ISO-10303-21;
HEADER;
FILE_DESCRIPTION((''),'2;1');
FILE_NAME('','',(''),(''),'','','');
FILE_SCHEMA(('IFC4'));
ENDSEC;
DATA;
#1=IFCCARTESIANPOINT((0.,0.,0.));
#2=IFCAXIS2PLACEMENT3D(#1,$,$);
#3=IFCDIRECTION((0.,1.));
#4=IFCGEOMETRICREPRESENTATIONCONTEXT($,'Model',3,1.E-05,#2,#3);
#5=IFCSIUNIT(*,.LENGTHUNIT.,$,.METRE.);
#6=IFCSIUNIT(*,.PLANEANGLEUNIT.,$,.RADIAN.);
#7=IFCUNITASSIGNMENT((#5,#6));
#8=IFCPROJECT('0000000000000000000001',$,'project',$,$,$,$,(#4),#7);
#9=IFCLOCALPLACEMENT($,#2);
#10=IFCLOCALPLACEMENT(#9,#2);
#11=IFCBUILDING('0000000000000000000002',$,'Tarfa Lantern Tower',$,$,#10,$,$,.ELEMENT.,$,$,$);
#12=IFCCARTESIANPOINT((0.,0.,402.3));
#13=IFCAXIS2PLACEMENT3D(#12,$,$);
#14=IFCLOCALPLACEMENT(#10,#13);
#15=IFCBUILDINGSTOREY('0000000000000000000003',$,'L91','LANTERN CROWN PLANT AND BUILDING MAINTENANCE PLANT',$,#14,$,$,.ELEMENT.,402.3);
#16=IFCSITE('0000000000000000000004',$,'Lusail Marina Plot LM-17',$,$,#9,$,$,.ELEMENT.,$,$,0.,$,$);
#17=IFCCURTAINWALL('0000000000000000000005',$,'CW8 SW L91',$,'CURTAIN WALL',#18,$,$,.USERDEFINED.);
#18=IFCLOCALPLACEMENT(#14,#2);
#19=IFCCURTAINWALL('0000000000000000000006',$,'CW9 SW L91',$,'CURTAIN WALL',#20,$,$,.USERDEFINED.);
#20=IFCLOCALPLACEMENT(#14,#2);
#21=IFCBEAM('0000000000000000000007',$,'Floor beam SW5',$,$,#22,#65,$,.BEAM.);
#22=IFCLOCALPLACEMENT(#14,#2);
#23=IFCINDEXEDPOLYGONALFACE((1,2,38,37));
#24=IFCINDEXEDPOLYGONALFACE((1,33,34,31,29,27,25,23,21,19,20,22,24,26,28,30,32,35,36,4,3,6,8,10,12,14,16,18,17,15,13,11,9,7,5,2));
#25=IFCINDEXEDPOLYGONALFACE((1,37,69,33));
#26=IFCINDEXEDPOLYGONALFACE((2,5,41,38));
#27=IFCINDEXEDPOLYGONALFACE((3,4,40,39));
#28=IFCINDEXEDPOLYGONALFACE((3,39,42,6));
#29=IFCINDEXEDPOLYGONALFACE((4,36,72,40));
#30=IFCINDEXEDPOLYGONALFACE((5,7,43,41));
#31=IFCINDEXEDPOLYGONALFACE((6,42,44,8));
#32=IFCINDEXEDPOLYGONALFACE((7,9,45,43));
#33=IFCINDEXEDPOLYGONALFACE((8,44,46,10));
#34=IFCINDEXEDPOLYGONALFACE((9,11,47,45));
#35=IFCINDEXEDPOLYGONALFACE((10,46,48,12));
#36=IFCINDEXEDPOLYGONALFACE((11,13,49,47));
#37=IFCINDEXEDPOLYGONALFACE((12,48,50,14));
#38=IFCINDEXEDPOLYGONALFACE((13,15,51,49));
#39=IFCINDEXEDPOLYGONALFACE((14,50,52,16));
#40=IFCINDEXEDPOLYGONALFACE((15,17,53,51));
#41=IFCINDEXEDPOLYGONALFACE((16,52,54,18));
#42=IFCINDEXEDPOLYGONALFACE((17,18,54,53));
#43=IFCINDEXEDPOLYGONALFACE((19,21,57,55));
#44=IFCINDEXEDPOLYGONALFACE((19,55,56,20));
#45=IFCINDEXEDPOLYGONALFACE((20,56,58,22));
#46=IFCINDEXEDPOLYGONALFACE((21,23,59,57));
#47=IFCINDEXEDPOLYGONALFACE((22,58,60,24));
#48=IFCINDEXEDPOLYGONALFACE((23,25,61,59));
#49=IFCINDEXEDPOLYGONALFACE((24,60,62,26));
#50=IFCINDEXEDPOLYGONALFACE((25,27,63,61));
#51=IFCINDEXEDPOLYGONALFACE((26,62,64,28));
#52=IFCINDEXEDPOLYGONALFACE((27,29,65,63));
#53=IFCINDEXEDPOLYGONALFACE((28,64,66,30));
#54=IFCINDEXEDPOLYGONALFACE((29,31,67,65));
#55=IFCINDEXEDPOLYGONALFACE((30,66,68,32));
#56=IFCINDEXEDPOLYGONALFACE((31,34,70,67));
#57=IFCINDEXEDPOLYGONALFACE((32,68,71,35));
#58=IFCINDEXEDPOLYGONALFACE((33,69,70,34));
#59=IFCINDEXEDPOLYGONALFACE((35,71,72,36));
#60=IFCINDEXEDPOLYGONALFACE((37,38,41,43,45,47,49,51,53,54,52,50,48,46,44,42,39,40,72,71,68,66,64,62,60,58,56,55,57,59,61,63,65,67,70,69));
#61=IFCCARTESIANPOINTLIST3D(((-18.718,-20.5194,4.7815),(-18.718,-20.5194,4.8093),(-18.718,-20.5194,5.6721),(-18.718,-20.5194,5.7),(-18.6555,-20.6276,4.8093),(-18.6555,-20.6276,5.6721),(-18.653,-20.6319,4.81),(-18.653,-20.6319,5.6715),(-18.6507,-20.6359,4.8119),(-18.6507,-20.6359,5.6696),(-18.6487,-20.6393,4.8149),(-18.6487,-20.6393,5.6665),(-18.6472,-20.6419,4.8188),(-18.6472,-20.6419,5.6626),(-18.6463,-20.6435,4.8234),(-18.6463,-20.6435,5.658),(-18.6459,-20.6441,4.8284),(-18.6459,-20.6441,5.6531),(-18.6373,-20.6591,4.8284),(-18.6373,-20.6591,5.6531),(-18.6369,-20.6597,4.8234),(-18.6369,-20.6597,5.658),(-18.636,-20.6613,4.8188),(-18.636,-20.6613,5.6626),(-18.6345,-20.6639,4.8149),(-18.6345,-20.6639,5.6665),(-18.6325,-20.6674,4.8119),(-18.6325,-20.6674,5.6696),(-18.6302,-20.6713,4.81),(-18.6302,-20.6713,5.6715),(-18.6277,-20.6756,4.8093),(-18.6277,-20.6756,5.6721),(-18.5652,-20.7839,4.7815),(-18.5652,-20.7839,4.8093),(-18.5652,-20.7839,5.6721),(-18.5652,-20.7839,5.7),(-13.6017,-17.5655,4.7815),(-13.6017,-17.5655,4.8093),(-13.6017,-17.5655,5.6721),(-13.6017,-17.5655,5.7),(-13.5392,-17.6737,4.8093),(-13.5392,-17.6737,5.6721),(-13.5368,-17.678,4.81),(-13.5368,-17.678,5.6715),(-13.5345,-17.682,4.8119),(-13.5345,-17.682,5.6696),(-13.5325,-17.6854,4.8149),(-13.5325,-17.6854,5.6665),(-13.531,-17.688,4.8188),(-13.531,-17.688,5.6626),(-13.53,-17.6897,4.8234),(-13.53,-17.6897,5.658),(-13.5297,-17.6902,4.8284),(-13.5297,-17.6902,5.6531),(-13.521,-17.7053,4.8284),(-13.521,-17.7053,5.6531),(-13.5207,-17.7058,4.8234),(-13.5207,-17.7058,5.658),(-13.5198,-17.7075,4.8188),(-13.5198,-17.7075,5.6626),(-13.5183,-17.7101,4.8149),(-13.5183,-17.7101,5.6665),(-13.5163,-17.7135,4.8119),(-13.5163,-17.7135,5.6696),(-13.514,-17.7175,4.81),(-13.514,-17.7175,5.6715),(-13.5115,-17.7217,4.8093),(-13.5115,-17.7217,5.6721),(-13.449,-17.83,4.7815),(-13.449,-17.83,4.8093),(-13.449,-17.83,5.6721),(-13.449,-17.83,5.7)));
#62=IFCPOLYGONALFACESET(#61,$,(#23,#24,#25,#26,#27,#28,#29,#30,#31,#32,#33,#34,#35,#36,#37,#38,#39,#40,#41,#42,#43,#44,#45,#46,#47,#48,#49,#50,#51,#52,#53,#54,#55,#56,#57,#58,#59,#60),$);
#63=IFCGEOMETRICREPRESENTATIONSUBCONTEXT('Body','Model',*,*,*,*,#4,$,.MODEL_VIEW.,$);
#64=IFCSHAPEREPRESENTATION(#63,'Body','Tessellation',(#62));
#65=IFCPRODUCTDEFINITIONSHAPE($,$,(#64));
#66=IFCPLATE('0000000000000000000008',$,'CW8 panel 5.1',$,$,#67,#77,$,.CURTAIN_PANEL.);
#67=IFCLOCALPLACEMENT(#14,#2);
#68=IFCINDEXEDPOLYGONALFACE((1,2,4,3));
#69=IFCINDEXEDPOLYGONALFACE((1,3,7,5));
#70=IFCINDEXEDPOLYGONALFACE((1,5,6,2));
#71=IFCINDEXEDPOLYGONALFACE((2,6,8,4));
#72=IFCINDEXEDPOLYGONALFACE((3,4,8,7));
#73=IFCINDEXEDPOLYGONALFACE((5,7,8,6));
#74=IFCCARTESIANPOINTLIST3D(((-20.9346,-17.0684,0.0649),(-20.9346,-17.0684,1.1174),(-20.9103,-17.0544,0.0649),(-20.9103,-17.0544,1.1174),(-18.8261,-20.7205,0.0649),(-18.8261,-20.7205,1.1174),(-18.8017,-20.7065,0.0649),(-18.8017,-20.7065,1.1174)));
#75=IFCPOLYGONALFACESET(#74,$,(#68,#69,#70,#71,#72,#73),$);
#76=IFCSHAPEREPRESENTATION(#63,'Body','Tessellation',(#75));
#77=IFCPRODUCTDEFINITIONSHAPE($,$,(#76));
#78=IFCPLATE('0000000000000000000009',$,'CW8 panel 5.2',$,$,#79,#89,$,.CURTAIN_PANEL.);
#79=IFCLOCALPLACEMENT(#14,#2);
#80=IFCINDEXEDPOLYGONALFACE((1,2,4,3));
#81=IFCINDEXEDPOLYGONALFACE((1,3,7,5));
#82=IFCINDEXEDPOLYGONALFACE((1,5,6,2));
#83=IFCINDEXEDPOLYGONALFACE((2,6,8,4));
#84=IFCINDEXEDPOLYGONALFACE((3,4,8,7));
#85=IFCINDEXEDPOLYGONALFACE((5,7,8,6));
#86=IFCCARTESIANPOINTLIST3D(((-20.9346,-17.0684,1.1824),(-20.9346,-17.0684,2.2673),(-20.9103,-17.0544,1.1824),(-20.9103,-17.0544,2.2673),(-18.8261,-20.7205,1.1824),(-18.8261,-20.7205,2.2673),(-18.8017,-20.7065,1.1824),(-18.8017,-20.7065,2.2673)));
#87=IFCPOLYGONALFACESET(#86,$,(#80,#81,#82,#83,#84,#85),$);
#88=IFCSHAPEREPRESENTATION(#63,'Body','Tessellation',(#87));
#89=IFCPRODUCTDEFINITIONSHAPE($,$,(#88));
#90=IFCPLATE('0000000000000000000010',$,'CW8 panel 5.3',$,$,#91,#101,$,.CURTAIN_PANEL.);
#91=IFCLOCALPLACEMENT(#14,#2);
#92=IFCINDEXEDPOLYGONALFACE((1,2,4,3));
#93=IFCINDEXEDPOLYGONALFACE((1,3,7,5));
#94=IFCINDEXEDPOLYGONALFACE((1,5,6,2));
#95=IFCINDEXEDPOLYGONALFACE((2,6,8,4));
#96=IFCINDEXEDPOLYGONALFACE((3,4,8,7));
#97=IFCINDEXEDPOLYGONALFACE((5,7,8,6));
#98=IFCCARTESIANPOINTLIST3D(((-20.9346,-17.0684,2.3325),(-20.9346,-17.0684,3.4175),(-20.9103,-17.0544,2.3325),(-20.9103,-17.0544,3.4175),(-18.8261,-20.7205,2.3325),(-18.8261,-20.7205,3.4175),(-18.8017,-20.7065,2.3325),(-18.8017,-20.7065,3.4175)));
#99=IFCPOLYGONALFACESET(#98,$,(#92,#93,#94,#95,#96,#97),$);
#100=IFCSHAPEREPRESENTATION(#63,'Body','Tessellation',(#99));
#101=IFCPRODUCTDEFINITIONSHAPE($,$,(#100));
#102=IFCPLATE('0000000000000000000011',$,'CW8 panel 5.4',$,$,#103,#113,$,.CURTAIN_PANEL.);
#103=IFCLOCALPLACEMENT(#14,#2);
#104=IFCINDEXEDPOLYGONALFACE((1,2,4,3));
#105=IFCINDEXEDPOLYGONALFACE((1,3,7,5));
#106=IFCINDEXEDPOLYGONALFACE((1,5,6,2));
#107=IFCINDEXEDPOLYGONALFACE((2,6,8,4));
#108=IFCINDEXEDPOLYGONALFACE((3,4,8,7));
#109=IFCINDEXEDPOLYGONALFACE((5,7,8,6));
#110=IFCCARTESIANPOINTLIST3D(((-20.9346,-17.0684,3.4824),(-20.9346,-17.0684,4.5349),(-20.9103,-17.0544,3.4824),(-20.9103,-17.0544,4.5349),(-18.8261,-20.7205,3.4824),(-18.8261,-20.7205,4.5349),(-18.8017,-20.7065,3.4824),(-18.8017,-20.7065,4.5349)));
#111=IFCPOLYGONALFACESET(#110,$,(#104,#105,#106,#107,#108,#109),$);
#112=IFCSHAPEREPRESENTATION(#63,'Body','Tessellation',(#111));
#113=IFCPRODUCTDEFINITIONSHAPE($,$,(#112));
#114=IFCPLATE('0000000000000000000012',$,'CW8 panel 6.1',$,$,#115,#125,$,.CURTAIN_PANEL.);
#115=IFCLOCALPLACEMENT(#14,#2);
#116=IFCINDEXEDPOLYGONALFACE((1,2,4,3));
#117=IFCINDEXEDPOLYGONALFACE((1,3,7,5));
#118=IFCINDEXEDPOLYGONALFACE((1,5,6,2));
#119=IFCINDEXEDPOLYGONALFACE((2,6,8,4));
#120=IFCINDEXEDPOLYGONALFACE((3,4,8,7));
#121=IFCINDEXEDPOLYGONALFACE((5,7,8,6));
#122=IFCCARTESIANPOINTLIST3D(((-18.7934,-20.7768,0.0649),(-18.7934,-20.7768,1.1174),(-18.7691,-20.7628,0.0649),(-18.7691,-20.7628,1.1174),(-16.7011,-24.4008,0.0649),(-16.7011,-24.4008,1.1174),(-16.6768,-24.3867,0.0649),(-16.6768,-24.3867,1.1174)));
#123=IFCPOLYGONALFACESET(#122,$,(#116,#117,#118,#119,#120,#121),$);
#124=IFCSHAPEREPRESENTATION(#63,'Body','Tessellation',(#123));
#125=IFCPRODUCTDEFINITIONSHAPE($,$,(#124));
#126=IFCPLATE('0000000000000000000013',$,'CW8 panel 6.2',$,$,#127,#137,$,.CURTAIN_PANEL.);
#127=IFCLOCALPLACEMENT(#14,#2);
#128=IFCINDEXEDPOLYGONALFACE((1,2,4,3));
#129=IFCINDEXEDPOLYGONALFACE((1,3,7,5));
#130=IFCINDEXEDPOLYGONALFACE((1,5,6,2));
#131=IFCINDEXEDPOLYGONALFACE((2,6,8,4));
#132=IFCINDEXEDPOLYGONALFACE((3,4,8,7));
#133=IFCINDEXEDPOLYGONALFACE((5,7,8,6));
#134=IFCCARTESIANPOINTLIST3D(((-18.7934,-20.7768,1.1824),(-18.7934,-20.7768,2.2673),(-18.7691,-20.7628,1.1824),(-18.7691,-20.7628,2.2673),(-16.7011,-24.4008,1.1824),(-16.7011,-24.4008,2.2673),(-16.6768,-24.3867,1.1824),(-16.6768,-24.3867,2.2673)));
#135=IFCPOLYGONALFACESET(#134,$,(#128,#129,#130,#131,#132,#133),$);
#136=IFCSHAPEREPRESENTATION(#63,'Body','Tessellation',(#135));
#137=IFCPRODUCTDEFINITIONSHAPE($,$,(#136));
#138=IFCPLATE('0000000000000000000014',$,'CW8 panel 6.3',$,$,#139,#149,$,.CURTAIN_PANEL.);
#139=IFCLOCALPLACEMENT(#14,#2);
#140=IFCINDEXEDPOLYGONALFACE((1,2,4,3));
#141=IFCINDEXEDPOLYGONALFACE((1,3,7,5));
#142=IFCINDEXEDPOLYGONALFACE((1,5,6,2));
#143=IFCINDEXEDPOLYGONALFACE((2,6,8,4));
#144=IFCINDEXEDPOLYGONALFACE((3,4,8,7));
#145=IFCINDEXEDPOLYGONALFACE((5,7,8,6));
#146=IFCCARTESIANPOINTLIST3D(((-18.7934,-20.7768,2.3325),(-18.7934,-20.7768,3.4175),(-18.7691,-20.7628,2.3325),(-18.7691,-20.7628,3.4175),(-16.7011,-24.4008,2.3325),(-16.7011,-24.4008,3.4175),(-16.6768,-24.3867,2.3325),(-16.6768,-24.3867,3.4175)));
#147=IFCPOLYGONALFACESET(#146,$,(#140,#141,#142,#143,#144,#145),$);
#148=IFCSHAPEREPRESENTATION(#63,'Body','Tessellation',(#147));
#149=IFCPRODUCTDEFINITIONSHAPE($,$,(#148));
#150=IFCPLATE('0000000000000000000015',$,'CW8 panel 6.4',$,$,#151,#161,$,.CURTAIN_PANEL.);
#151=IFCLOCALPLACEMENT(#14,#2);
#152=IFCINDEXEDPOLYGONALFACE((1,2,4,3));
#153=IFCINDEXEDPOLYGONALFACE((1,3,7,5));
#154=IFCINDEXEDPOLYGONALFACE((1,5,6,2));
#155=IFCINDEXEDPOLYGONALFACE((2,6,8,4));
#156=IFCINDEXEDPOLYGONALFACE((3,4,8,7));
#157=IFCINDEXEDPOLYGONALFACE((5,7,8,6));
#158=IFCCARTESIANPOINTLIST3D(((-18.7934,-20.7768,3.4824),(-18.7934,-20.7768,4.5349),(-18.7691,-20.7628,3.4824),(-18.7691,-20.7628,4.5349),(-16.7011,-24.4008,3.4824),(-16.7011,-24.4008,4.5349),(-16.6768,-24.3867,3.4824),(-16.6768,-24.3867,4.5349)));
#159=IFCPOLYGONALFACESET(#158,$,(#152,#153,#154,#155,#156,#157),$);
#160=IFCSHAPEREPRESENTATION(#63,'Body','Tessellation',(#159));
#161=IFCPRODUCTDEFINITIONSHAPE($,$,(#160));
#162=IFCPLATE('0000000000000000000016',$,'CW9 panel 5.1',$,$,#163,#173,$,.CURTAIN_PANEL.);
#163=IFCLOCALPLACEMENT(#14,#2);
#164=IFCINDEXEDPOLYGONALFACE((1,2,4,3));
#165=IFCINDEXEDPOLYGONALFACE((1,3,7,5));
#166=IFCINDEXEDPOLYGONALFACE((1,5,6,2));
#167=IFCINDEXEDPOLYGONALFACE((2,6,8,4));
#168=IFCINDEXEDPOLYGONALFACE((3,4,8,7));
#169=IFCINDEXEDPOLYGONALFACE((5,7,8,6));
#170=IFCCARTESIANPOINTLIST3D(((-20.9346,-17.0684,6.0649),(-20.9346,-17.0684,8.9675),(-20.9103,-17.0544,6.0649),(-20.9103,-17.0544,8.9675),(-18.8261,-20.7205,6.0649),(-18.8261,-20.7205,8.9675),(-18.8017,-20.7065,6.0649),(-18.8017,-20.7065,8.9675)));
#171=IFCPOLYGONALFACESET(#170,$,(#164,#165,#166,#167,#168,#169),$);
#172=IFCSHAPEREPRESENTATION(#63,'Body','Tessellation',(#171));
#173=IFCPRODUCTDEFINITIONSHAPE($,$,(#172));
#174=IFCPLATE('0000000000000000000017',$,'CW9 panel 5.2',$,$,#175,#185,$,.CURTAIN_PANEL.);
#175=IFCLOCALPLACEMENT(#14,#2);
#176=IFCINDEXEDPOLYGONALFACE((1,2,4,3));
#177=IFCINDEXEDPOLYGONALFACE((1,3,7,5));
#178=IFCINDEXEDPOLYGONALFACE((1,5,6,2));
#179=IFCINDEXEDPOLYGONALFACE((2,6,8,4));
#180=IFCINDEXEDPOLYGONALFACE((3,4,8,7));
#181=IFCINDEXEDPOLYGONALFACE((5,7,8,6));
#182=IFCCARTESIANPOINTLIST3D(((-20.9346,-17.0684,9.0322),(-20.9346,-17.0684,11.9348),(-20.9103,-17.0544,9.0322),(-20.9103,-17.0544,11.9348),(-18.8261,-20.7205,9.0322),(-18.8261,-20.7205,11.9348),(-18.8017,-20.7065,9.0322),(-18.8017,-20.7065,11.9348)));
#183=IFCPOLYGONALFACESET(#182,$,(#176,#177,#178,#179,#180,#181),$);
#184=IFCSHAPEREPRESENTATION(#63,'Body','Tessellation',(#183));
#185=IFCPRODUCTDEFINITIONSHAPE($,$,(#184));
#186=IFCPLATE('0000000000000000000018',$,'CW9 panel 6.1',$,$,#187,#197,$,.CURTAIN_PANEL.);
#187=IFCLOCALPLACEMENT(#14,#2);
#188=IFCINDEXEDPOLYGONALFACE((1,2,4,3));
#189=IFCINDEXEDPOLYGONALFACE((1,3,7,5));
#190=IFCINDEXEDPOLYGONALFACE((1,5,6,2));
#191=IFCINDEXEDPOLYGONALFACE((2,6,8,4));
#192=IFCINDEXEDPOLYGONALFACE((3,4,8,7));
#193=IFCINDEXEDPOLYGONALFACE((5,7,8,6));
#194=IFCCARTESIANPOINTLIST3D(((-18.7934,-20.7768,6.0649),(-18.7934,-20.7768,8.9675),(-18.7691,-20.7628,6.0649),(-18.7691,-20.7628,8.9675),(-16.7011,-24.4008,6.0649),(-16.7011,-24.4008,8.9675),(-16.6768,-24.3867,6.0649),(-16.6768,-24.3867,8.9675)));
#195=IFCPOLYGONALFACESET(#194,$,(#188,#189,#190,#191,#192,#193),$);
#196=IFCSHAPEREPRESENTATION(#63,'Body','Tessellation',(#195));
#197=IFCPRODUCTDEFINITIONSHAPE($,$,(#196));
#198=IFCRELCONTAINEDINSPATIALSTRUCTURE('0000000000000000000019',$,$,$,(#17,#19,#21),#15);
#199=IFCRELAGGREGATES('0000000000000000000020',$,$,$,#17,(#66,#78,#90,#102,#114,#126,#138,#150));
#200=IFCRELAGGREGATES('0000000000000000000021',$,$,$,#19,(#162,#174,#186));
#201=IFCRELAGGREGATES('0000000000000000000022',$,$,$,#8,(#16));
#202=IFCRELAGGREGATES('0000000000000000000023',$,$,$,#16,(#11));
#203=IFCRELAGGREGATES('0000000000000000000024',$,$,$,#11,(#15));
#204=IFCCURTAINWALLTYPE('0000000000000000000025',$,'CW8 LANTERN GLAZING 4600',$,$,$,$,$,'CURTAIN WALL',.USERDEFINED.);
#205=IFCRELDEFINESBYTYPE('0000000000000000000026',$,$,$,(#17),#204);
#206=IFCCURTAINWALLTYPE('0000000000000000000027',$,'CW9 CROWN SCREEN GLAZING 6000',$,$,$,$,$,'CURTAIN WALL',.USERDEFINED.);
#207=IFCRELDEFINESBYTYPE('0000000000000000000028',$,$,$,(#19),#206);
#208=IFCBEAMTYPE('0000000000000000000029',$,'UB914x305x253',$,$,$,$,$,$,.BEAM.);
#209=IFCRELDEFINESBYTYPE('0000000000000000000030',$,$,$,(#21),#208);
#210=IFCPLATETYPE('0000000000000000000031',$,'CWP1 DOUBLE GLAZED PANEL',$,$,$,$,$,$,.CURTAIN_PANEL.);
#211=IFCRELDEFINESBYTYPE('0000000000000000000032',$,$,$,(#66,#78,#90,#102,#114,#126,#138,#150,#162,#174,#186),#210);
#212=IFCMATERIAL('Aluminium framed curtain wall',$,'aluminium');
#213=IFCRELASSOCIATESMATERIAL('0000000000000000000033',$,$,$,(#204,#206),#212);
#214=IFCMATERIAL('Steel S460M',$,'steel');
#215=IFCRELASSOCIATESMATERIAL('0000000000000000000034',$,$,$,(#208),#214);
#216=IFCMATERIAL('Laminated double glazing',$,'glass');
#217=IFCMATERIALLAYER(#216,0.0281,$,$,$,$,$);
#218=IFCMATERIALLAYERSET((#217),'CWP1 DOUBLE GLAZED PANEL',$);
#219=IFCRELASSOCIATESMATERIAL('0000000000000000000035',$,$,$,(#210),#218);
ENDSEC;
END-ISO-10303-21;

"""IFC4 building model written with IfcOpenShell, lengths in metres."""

from ifc_helpers import new_model, si_unit, direction, frame, origin, origin_2d, place, context, subcontext, project, spatial, rectangle, i_section, extrude, material, layer, layer_set, material_profile, profile_set, type_object, element, aggregate, save


model = new_model("IFC4")

# Units and contexts
model_context = context("Model", 3, precision=1e-05, world=origin(), true_north=direction((0.0, 1.0)))
body_context = subcontext(model_context, "Body", "Model", "MODEL_VIEW")
ifc_project = project(units=[si_unit("LENGTHUNIT", "METRE"), si_unit("PLANEANGLEUNIT", "RADIAN")], contexts=[model_context])

# Site, building, storey
site_placement = place(None, origin())
site = spatial("IfcSite", under=ifc_project, at=site_placement, Name="Lusail Marina Plot LM-17", CompositionType="ELEMENT", RefElevation=0.0)
building_placement = place(site_placement, origin())
building = spatial("IfcBuilding", under=site, at=building_placement, Name="Tarfa Lantern Tower", CompositionType="ELEMENT")
storey_placement = place(building_placement, frame((0.0, 0.0, 402.3)))
storey = spatial("IfcBuildingStorey", under=building, at=storey_placement, Name="L91", Description="LANTERN CROWN PLANT AND BUILDING MAINTENANCE PLANT", CompositionType="ELEMENT", Elevation=402.3)

# Curtain walls
ifc_material_1 = material(Name="Aluminium framed curtain wall", Category="aluminium")
curtain_wall_type_1 = type_object("IfcCurtainWallType", Name="CW8 LANTERN GLAZING 4600", ElementType="CURTAIN WALL", PredefinedType="USERDEFINED", material=ifc_material_1)
curtain_wall_1_placement = place(storey_placement, origin())
curtain_wall_1 = element("IfcCurtainWall", 1, at=curtain_wall_1_placement, inside=storey, type_object=curtain_wall_type_1, Name="CW8 SW L91", ObjectType="CURTAIN WALL", PredefinedType="USERDEFINED")
curtain_wall_type_2 = type_object("IfcCurtainWallType", Name="CW9 CROWN SCREEN GLAZING 6000", ElementType="CURTAIN WALL", PredefinedType="USERDEFINED", material=ifc_material_1)
curtain_wall_2_placement = place(storey_placement, origin())
curtain_wall_2 = element("IfcCurtainWall", 2, at=curtain_wall_2_placement, inside=storey, type_object=curtain_wall_type_2, Name="CW9 SW L91", ObjectType="CURTAIN WALL", PredefinedType="USERDEFINED")

# Beam
ifc_material_2 = material(Name="Steel S460M", Category="steel")
ifc_material_profile_1 = material_profile(ifc_material_2, i_section(OverallWidth=0.3054, OverallDepth=0.9185, WebThickness=0.0173, FlangeThickness=0.0278, FilletRadius=0.019, at=origin_2d()), Name="UB914x305x253")
ifc_profile_set_1 = profile_set([ifc_material_profile_1], Name="Steel S460M")
beam_type_1 = type_object("IfcBeamType", Name="UB914x305x253", PredefinedType="BEAM", material=ifc_profile_set_1)
beam_1_placement = place(storey_placement, frame((-18.6416, -20.6516, 5.2407), z_axis=(0.866025, 0.500001, 0.0), x_axis=(-0.500001, 0.866025, 0.0)))
element("IfcBeam", 3, at=beam_1_placement, inside=storey, type_object=beam_type_1, Name="Floor beam SW5", PredefinedType="BEAM", context=body_context, shape_type="SweptSolid", body=[
    extrude(i_section(OverallWidth=0.3054, OverallDepth=0.9185, WebThickness=0.0173, FlangeThickness=0.0278, FilletRadius=0.019, at=origin_2d()), origin(), (0.0, 0.0, 1.0), 5.9077),
])

# Plates
ifc_material_3 = material(Name="Laminated double glazing", Category="glass")
ifc_layer = layer(ifc_material_3, 0.0281)
ifc_layer_set = layer_set([ifc_layer], Name="CWP1 DOUBLE GLAZED PANEL")
plate_type = type_object("IfcPlateType", Name="CWP1 DOUBLE GLAZED PANEL", PredefinedType="CURTAIN_PANEL", material=ifc_layer_set)
plate_1_placement = place(storey_placement, frame((-19.8682, -18.8875, 0.0649), z_axis=(0.0, 0.0, 1.0), x_axis=(0.5, -0.866025, 0.0)))
plate_1 = element("IfcPlate", 4, at=plate_1_placement, type_object=plate_type, Name="CW8 panel 5.1", PredefinedType="CURTAIN_PANEL", context=body_context, shape_type="SweptSolid", body=[
    extrude(rectangle(XDim=4.217, YDim=0.0281, at=origin_2d()), origin(), (0.0, 0.0, 1.0), 1.0525),
])
plate_2_placement = place(storey_placement, frame((-19.8682, -18.8875, 1.1824), z_axis=(0.0, 0.0, 1.0), x_axis=(0.5, -0.866025, 0.0)))
plate_2 = element("IfcPlate", 5, at=plate_2_placement, type_object=plate_type, Name="CW8 panel 5.2", PredefinedType="CURTAIN_PANEL", context=body_context, shape_type="SweptSolid", body=[
    extrude(rectangle(XDim=4.217, YDim=0.0281, at=origin_2d()), origin(), (0.0, 0.0, 1.0), 1.085),
])
plate_3_placement = place(storey_placement, frame((-19.8682, -18.8875, 2.3325), z_axis=(0.0, 0.0, 1.0), x_axis=(0.5, -0.866025, 0.0)))
plate_3 = element("IfcPlate", 6, at=plate_3_placement, type_object=plate_type, Name="CW8 panel 5.3", PredefinedType="CURTAIN_PANEL", context=body_context, shape_type="SweptSolid", body=[
    extrude(rectangle(XDim=4.217, YDim=0.0281, at=origin_2d()), origin(), (0.0, 0.0, 1.0), 1.085),
])
plate_4_placement = place(storey_placement, frame((-19.8682, -18.8875, 3.4824), z_axis=(0.0, 0.0, 1.0), x_axis=(0.5, -0.866025, 0.0)))
plate_4 = element("IfcPlate", 7, at=plate_4_placement, type_object=plate_type, Name="CW8 panel 5.4", PredefinedType="CURTAIN_PANEL", context=body_context, shape_type="SweptSolid", body=[
    extrude(rectangle(XDim=4.217, YDim=0.0281, at=origin_2d()), origin(), (0.0, 0.0, 1.0), 1.0525),
])
plate_5_placement = place(storey_placement, frame((-17.7351, -22.5818, 0.0649), z_axis=(0.0, 0.0, 1.0), x_axis=(0.5, -0.866025, 0.0)))
plate_5 = element("IfcPlate", 8, at=plate_5_placement, type_object=plate_type, Name="CW8 panel 6.1", PredefinedType="CURTAIN_PANEL", context=body_context, shape_type="SweptSolid", body=[
    extrude(rectangle(XDim=4.1846, YDim=0.0281, at=origin_2d()), origin(), (0.0, 0.0, 1.0), 1.0525),
])
plate_6_placement = place(storey_placement, frame((-17.7351, -22.5818, 1.1824), z_axis=(0.0, 0.0, 1.0), x_axis=(0.5, -0.866025, 0.0)))
plate_6 = element("IfcPlate", 9, at=plate_6_placement, type_object=plate_type, Name="CW8 panel 6.2", PredefinedType="CURTAIN_PANEL", context=body_context, shape_type="SweptSolid", body=[
    extrude(rectangle(XDim=4.1846, YDim=0.0281, at=origin_2d()), origin(), (0.0, 0.0, 1.0), 1.085),
])
plate_7_placement = place(storey_placement, frame((-17.7351, -22.5818, 2.3325), z_axis=(0.0, 0.0, 1.0), x_axis=(0.5, -0.866025, 0.0)))
plate_7 = element("IfcPlate", 10, at=plate_7_placement, type_object=plate_type, Name="CW8 panel 6.3", PredefinedType="CURTAIN_PANEL", context=body_context, shape_type="SweptSolid", body=[
    extrude(rectangle(XDim=4.1846, YDim=0.0281, at=origin_2d()), origin(), (0.0, 0.0, 1.0), 1.085),
])
plate_8_placement = place(storey_placement, frame((-17.7351, -22.5818, 3.4824), z_axis=(0.0, 0.0, 1.0), x_axis=(0.5, -0.866025, 0.0)))
plate_8 = element("IfcPlate", 11, at=plate_8_placement, type_object=plate_type, Name="CW8 panel 6.4", PredefinedType="CURTAIN_PANEL", context=body_context, shape_type="SweptSolid", body=[
    extrude(rectangle(XDim=4.1846, YDim=0.0281, at=origin_2d()), origin(), (0.0, 0.0, 1.0), 1.0525),
])
aggregate(curtain_wall_1, [plate_1, plate_2, plate_3, plate_4, plate_5, plate_6, plate_7, plate_8])
plate_9_placement = place(storey_placement, frame((-19.8682, -18.8875, 6.0649), z_axis=(0.0, 0.0, 1.0), x_axis=(0.5, -0.866025, 0.0)))
plate_9 = element("IfcPlate", 12, at=plate_9_placement, type_object=plate_type, Name="CW9 panel 5.1", PredefinedType="CURTAIN_PANEL", context=body_context, shape_type="SweptSolid", body=[
    extrude(rectangle(XDim=4.217, YDim=0.0281, at=origin_2d()), origin(), (0.0, 0.0, 1.0), 2.9026),
])
plate_10_placement = place(storey_placement, frame((-19.8682, -18.8875, 9.0322), z_axis=(0.0, 0.0, 1.0), x_axis=(0.5, -0.866025, 0.0)))
plate_10 = element("IfcPlate", 13, at=plate_10_placement, type_object=plate_type, Name="CW9 panel 5.2", PredefinedType="CURTAIN_PANEL", context=body_context, shape_type="SweptSolid", body=[
    extrude(rectangle(XDim=4.217, YDim=0.0281, at=origin_2d()), origin(), (0.0, 0.0, 1.0), 2.9026),
])
plate_11_placement = place(storey_placement, frame((-17.7351, -22.5818, 6.0649), z_axis=(0.0, 0.0, 1.0), x_axis=(0.5, -0.866025, 0.0)))
plate_11 = element("IfcPlate", 14, at=plate_11_placement, type_object=plate_type, Name="CW9 panel 6.1", PredefinedType="CURTAIN_PANEL", context=body_context, shape_type="SweptSolid", body=[
    extrude(rectangle(XDim=4.1846, YDim=0.0281, at=origin_2d()), origin(), (0.0, 0.0, 1.0), 2.9026),
])
aggregate(curtain_wall_2, [plate_9, plate_10, plate_11])

save(model, "model.ifc")
